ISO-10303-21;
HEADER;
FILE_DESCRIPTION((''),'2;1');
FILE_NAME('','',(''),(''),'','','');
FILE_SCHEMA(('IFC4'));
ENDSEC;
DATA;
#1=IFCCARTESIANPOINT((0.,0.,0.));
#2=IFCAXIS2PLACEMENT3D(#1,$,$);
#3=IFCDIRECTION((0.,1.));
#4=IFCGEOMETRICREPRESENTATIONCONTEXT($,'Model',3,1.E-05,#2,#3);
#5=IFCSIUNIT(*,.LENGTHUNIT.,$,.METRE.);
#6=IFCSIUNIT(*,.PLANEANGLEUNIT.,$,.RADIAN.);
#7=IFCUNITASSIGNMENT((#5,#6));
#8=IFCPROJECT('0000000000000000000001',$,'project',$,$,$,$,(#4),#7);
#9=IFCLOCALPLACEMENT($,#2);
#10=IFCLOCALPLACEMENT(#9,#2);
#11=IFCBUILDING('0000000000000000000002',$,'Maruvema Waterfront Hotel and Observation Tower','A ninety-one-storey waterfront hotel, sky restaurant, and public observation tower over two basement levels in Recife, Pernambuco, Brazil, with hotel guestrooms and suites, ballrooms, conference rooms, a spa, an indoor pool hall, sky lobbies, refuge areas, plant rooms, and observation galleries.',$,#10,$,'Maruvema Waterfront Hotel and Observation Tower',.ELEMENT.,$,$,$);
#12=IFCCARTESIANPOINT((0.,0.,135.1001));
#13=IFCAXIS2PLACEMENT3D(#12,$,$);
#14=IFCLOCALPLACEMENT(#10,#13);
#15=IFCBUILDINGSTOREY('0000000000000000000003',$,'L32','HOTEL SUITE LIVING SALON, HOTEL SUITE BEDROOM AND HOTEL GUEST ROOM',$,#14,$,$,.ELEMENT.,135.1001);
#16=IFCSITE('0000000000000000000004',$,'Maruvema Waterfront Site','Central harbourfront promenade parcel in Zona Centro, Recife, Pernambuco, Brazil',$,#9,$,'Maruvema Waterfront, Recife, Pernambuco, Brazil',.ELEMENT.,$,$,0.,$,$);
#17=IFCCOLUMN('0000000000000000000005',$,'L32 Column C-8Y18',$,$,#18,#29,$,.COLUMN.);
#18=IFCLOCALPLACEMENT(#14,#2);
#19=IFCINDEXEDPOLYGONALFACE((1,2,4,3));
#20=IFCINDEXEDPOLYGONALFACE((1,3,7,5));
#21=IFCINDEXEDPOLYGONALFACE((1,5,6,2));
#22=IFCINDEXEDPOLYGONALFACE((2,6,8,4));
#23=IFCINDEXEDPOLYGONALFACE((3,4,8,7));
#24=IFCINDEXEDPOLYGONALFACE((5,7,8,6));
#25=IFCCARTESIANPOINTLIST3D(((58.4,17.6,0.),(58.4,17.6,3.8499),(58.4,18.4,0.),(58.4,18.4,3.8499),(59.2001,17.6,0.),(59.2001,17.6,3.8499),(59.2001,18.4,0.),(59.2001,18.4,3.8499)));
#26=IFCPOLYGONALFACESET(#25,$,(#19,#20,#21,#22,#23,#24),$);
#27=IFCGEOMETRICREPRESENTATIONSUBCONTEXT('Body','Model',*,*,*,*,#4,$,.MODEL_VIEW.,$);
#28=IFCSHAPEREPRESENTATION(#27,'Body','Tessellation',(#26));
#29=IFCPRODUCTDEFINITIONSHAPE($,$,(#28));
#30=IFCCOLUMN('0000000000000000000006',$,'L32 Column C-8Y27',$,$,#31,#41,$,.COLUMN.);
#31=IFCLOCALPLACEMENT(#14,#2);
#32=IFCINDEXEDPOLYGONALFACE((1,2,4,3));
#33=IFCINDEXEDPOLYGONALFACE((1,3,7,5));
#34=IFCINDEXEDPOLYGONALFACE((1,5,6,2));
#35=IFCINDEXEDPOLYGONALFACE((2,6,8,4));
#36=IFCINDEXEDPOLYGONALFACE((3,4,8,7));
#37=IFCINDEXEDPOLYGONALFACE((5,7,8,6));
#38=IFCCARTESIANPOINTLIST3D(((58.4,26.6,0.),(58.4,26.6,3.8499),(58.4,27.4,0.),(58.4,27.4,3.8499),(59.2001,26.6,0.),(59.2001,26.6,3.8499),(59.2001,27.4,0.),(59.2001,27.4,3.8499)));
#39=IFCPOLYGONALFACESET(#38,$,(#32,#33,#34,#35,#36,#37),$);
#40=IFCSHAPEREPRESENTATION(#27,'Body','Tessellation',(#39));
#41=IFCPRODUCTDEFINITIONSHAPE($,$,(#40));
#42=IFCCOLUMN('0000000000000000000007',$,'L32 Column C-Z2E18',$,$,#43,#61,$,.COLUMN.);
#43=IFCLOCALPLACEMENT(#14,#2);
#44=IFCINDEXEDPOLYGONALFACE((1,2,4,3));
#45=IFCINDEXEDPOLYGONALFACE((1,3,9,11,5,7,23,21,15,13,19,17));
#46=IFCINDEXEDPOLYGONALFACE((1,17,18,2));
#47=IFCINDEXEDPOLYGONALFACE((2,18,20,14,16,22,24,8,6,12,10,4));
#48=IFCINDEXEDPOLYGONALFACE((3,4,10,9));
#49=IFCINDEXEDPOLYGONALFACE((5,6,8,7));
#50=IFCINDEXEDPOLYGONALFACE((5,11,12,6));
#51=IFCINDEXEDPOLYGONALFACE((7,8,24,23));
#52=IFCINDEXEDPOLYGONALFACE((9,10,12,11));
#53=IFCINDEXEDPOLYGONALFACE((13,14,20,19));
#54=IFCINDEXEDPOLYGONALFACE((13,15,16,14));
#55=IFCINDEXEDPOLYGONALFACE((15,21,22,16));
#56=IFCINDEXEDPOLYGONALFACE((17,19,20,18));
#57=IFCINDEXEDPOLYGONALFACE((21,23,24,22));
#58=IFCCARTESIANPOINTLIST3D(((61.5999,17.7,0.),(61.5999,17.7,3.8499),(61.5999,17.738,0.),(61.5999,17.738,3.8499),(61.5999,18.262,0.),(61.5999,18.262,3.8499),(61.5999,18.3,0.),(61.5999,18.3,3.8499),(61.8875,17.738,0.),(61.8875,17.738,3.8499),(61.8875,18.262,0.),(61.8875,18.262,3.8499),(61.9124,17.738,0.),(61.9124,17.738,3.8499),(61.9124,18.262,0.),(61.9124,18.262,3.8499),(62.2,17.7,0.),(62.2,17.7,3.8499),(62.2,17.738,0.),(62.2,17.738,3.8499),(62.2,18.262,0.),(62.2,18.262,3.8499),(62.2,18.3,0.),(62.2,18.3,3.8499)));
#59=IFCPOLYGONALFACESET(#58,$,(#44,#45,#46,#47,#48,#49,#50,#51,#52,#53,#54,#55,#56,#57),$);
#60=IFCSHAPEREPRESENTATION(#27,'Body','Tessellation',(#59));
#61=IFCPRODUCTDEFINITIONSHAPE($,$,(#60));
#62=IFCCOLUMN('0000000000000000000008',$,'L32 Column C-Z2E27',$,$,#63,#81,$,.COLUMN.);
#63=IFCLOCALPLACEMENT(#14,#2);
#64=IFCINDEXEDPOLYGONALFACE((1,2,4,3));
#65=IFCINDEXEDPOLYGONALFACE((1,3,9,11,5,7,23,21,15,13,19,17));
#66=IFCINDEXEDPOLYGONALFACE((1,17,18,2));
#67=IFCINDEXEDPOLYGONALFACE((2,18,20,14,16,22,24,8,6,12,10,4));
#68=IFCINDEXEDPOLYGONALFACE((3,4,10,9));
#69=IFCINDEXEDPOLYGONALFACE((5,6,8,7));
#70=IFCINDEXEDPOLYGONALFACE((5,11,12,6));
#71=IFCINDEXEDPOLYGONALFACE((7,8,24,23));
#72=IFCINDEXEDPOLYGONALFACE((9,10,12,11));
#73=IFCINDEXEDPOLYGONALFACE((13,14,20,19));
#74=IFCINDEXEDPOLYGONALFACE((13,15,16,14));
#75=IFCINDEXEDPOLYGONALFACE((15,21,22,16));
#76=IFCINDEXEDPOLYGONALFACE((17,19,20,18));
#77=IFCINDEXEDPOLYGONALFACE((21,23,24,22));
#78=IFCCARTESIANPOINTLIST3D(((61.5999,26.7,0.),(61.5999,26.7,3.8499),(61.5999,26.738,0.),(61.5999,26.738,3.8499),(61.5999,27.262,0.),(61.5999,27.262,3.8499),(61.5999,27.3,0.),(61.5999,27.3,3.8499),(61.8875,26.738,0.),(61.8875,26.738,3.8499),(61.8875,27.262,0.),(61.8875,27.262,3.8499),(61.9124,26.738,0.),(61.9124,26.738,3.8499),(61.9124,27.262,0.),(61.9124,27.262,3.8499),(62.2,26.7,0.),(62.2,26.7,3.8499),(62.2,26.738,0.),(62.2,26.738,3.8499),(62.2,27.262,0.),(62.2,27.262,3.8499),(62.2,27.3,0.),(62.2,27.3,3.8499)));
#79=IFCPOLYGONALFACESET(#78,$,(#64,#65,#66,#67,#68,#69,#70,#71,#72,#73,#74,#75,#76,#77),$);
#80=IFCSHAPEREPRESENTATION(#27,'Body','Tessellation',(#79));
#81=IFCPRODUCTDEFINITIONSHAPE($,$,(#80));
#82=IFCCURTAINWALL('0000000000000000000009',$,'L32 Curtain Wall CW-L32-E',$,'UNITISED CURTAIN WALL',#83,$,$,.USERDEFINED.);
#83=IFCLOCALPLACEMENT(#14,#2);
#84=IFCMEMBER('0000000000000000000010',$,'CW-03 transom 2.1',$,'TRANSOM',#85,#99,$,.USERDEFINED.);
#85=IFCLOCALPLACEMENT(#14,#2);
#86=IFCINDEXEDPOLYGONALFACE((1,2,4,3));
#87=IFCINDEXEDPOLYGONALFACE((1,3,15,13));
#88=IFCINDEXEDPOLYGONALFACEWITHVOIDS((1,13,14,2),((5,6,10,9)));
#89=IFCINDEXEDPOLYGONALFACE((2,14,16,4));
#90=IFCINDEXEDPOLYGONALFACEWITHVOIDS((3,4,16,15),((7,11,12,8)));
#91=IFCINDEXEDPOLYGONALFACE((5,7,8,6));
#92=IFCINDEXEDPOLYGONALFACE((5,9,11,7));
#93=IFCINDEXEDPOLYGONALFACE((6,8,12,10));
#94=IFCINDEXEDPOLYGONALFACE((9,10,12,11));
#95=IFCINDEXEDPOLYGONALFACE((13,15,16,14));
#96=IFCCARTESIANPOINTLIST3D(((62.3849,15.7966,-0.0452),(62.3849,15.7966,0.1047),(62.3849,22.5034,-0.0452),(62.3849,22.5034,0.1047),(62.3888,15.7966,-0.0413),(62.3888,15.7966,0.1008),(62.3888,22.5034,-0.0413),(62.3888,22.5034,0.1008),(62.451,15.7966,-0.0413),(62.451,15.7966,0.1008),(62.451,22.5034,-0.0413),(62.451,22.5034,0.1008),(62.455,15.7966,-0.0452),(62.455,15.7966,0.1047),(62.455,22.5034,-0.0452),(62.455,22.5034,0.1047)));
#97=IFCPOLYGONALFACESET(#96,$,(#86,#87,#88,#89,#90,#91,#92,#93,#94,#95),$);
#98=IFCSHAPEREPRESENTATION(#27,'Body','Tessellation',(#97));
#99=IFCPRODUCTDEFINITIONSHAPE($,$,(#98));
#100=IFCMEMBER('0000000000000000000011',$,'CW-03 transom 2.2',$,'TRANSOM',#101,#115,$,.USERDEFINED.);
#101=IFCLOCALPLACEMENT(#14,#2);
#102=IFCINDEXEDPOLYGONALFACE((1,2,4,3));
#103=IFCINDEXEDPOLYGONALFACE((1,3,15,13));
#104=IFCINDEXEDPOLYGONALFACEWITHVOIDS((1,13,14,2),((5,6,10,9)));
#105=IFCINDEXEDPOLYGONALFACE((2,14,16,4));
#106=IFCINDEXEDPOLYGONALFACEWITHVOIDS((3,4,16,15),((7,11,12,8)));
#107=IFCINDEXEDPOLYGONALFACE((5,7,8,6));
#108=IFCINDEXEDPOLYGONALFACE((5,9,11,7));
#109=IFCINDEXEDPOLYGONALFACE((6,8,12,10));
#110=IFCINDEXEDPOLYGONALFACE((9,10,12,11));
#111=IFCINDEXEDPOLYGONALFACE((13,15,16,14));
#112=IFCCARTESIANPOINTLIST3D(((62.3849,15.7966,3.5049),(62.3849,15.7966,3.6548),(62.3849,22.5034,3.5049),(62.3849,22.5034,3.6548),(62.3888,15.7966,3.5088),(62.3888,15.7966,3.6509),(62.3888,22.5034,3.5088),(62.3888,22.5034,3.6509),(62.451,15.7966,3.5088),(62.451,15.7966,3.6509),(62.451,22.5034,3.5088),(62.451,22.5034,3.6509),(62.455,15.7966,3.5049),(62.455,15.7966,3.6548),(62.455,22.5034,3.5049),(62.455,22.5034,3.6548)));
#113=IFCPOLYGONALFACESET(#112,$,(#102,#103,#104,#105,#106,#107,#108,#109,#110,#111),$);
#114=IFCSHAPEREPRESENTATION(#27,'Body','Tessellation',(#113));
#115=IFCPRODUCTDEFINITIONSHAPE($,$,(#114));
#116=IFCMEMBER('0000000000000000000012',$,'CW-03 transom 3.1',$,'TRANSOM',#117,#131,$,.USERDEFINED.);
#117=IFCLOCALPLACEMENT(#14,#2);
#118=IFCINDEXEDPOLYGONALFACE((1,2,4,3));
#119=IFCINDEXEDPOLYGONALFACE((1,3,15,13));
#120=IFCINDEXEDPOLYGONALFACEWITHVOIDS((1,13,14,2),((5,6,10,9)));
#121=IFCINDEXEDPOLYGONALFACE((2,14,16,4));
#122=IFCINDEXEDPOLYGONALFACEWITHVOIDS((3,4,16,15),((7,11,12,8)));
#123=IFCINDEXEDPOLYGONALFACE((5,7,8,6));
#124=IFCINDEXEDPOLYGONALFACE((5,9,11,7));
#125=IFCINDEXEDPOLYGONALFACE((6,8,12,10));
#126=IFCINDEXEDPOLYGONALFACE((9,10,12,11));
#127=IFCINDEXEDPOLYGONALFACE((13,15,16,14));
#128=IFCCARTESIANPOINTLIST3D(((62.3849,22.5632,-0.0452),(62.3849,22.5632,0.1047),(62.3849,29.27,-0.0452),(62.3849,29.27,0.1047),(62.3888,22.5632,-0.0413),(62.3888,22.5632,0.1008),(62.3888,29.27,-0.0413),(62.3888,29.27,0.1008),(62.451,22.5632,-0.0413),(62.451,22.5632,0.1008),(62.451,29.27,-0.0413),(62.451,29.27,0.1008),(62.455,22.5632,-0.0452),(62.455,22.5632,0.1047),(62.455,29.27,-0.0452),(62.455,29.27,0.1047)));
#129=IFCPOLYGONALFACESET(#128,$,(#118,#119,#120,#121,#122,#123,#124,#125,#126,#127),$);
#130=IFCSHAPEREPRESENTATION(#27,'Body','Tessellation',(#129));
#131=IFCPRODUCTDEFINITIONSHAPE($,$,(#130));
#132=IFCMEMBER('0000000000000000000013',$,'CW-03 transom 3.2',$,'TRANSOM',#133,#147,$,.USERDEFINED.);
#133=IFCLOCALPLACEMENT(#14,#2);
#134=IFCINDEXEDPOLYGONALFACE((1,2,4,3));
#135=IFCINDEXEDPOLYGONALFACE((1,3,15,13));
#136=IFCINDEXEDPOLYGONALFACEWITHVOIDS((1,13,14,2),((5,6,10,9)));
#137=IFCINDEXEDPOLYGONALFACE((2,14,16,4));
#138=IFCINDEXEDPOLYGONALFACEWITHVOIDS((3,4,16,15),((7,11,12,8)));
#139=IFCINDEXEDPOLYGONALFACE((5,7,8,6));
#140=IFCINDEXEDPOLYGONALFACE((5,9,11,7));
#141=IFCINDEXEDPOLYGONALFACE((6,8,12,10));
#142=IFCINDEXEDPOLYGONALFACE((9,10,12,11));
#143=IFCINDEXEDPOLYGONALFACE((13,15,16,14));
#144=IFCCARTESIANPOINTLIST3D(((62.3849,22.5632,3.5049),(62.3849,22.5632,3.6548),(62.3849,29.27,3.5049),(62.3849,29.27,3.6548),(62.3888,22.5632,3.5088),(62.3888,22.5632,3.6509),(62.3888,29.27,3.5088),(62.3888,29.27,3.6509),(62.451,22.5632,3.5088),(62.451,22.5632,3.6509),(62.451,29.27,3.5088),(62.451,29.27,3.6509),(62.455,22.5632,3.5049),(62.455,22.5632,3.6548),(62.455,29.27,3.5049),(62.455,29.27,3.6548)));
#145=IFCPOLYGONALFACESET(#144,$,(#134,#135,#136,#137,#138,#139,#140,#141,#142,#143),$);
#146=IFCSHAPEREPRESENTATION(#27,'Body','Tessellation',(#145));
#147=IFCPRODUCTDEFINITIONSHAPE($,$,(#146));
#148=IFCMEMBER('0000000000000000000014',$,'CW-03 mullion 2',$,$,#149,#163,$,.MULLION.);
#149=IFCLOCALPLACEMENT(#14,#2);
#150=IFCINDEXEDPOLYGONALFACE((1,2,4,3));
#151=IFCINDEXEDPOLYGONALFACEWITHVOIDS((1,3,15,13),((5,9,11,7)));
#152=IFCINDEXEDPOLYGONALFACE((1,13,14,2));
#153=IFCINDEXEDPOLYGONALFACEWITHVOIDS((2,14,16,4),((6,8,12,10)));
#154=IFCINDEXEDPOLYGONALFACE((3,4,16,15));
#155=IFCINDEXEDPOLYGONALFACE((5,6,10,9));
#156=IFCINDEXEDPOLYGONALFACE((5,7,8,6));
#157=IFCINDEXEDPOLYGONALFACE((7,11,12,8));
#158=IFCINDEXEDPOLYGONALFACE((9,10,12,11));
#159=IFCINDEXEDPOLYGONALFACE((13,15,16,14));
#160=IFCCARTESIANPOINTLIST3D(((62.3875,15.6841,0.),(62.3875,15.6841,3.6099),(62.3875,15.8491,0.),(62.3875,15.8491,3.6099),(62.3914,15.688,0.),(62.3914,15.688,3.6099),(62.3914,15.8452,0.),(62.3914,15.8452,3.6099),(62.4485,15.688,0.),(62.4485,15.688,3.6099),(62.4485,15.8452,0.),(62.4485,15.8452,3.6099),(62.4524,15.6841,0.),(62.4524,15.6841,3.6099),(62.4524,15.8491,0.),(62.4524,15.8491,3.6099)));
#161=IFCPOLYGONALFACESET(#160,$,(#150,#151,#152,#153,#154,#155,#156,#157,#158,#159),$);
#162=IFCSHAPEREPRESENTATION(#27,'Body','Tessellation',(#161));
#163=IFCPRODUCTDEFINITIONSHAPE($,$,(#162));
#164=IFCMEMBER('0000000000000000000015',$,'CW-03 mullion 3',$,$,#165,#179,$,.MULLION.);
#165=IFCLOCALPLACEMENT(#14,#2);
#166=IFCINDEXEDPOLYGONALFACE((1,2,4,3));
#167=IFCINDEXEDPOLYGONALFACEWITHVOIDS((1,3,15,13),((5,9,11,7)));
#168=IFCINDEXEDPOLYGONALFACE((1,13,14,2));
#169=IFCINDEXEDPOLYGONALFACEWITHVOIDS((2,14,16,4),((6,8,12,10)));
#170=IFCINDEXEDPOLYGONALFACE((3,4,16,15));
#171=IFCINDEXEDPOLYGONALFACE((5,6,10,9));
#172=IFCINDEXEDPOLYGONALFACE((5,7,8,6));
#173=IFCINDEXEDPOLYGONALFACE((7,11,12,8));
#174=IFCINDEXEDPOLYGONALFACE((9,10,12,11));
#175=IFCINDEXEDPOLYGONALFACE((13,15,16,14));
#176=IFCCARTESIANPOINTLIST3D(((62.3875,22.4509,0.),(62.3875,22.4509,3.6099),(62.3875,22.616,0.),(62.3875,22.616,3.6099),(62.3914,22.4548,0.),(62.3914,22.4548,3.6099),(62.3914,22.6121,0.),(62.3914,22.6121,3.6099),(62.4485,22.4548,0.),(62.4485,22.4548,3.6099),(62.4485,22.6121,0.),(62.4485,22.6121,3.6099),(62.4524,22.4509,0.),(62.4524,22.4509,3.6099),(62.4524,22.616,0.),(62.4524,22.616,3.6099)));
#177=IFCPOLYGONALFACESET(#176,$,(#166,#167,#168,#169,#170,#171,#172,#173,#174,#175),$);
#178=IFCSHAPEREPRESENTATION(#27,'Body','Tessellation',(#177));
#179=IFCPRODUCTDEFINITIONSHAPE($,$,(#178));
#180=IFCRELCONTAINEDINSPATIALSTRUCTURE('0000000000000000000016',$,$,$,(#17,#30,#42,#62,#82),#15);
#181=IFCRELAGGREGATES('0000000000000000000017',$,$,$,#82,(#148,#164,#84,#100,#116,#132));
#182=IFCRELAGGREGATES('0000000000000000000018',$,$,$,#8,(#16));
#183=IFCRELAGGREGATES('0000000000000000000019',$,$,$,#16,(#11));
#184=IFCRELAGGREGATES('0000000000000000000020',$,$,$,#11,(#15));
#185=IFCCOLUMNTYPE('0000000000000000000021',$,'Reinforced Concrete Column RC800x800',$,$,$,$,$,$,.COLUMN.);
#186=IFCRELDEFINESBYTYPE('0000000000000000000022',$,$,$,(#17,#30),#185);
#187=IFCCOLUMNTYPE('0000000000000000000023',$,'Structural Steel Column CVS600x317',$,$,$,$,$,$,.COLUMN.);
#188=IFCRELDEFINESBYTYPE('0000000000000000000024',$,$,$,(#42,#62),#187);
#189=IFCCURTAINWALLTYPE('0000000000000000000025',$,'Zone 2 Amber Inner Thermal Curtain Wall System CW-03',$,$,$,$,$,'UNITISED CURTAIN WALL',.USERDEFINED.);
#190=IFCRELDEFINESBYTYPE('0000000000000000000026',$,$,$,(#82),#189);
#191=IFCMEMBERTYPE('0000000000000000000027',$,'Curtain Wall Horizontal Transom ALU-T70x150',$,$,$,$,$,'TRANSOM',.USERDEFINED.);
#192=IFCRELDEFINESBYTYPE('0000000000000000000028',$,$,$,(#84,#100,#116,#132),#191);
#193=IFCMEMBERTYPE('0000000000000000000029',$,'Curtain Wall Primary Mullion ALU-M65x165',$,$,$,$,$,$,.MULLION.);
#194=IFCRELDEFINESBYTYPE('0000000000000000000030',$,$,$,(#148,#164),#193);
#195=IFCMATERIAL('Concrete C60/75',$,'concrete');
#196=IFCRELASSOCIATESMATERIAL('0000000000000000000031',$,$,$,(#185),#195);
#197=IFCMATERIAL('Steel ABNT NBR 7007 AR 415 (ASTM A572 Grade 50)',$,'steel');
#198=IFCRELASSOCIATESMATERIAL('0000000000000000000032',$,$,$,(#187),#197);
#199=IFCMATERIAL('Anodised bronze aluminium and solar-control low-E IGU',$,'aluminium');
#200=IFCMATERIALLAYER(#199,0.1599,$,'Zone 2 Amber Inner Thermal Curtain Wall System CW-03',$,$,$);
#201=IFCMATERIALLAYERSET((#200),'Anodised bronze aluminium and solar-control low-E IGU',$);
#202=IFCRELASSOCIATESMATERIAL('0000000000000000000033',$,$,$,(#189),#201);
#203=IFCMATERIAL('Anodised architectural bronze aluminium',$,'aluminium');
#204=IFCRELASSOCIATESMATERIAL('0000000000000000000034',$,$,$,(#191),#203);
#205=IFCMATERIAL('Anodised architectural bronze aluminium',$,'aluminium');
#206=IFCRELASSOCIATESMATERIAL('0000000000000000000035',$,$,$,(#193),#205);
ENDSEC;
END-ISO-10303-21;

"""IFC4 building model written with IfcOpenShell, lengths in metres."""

from ifc_helpers import new_model, si_unit, direction, frame, origin, origin_2d, place, context, subcontext, project, spatial, rectangle, hollow_rectangle, i_section, extrude, material, layer, layer_set, material_profile, profile_set, type_object, element, aggregate, save


model = new_model("IFC4")

# Units and contexts
model_context = context("Model", 3, precision=1e-05, world=origin(), true_north=direction((0.0, 1.0)))
body_context = subcontext(model_context, "Body", "Model", "MODEL_VIEW")
ifc_project = project(units=[si_unit("LENGTHUNIT", "METRE"), si_unit("PLANEANGLEUNIT", "RADIAN")], contexts=[model_context])

# Site, building, storey
site_placement = place(None, origin())
site = spatial("IfcSite", under=ifc_project, at=site_placement, Name="Maruvema Waterfront Site", Description="Central harbourfront promenade parcel in Zona Centro, Recife, Pernambuco, Brazil", LongName="Maruvema Waterfront, Recife, Pernambuco, Brazil", CompositionType="ELEMENT", RefElevation=0.0)
building_placement = place(site_placement, origin())
building = spatial("IfcBuilding", under=site, at=building_placement, Name="Maruvema Waterfront Hotel and Observation Tower", Description="A ninety-one-storey waterfront hotel, sky restaurant, and public observation tower over two basement levels in Recife, Pernambuco, Brazil, with hotel guestrooms and suites, ballrooms, conference rooms, a spa, an indoor pool hall, sky lobbies, refuge areas, plant rooms, and observation galleries.", LongName="Maruvema Waterfront Hotel and Observation Tower", CompositionType="ELEMENT")
storey_placement = place(building_placement, frame((0.0, 0.0, 135.1001)))
storey = spatial("IfcBuildingStorey", under=building, at=storey_placement, Name="L32", Description="HOTEL SUITE LIVING SALON, HOTEL SUITE BEDROOM AND HOTEL GUEST ROOM", CompositionType="ELEMENT", Elevation=135.1001)

# Columns
ifc_material_1 = material(Name="Concrete C60/75", Category="concrete")
ifc_material_profile_1 = material_profile(ifc_material_1, rectangle(XDim=0.8, YDim=0.8, at=origin_2d()), Name="RC800x800")
ifc_profile_set_1 = profile_set([ifc_material_profile_1], Name="Concrete C60/75")
column_type_1 = type_object("IfcColumnType", Name="Reinforced Concrete Column RC800x800", PredefinedType="COLUMN", material=ifc_profile_set_1)
for number, where, z_axis, x_axis, name in (
    (1, (58.8, 18.0, 0.0), (0.0, 0.0, 1.0), (1.0, 0.0, 0.0), "L32 Column C-8Y18"),
    (2, (58.8, 27.0, 0.0), (0.0, 0.0, 1.0), (1.0, 0.0, 0.0), "L32 Column C-8Y27"),
):
    element("IfcColumn", number, at=place(storey_placement, frame(where, z_axis=z_axis, x_axis=x_axis)), inside=storey, type_object=column_type_1, Name=name, PredefinedType="COLUMN", context=body_context, shape_type="SweptSolid", body=[
        extrude(rectangle(XDim=0.8, YDim=0.8, at=origin_2d()), origin(), (0.0, 0.0, 1.0), 3.8499),
    ])
ifc_material_2 = material(Name="Steel ABNT NBR 7007 AR 415 (ASTM A572 Grade 50)", Category="steel")
ifc_material_profile_2 = material_profile(ifc_material_2, i_section(OverallWidth=0.6001, OverallDepth=0.6001, WebThickness=0.0249, FlangeThickness=0.0381, at=origin_2d()), Name="CVS600x317")
ifc_profile_set_2 = profile_set([ifc_material_profile_2], Name="Steel ABNT NBR 7007 AR 415 (ASTM A572 Grade 50)")
column_type_2 = type_object("IfcColumnType", Name="Structural Steel Column CVS600x317", PredefinedType="COLUMN", material=ifc_profile_set_2)
for number, where, z_axis, x_axis, name in (
    (3, (61.8999, 18.0, 0.0), (0.0, 0.0, 1.0), (1.0, 0.0, 0.0), "L32 Column C-Z2E18"),
    (4, (61.8999, 27.0, 0.0), (0.0, 0.0, 1.0), (1.0, 0.0, 0.0), "L32 Column C-Z2E27"),
):
    element("IfcColumn", number, at=place(storey_placement, frame(where, z_axis=z_axis, x_axis=x_axis)), inside=storey, type_object=column_type_2, Name=name, PredefinedType="COLUMN", context=body_context, shape_type="SweptSolid", body=[
        extrude(i_section(OverallWidth=0.6001, OverallDepth=0.6001, WebThickness=0.0249, FlangeThickness=0.0381, at=origin_2d()), origin(), (0.0, 0.0, 1.0), 3.8499),
    ])

# Curtain wall, members
ifc_material_3 = material(Name="Anodised bronze aluminium and solar-control low-E IGU", Category="aluminium")
ifc_layer_1 = layer(ifc_material_3, 0.1599, Name="Zone 2 Amber Inner Thermal Curtain Wall System CW-03")
ifc_layer_set_1 = layer_set([ifc_layer_1], Name="Anodised bronze aluminium and solar-control low-E IGU")
curtain_wall_type = type_object("IfcCurtainWallType", Name="Zone 2 Amber Inner Thermal Curtain Wall System CW-03", ElementType="UNITISED CURTAIN WALL", PredefinedType="USERDEFINED", material=ifc_layer_set_1)
curtain_wall_placement = place(storey_placement, origin())
curtain_wall = element("IfcCurtainWall", 5, at=curtain_wall_placement, inside=storey, type_object=curtain_wall_type, Name="L32 Curtain Wall CW-L32-E", ObjectType="UNITISED CURTAIN WALL", PredefinedType="USERDEFINED")
ifc_material_4 = material(Name="Anodised architectural bronze aluminium", Category="aluminium")
ifc_material_profile_3 = material_profile(ifc_material_4, hollow_rectangle(XDim=0.0701, YDim=0.1499, WallThickness=0.0039, at=origin_2d()), Name="ALU-T70x150")
ifc_profile_set_3 = profile_set([ifc_material_profile_3], Name="Anodised architectural bronze aluminium")
member_type_1 = type_object("IfcMemberType", Name="Curtain Wall Horizontal Transom ALU-T70x150", ElementType="TRANSOM", PredefinedType="USERDEFINED", material=ifc_profile_set_3)
member_1_placement = place(storey_placement, frame((62.4199, 15.7966, 0.0298), z_axis=(0.0, 1.0, 0.0), x_axis=(-1.0, 0.0, 0.0)))
member_1 = element("IfcMember", 6, at=member_1_placement, type_object=member_type_1, Name="CW-03 transom 2.1", ObjectType="TRANSOM", PredefinedType="USERDEFINED", context=body_context, shape_type="SweptSolid", body=[
    extrude(hollow_rectangle(XDim=0.0701, YDim=0.1499, WallThickness=0.0039, at=origin_2d()), origin(), (0.0, 0.0, 1.0), 6.7068),
])
member_2_placement = place(storey_placement, frame((62.4199, 15.7966, 3.5798), z_axis=(0.0, 1.0, 0.0), x_axis=(-1.0, 0.0, 0.0)))
member_2 = element("IfcMember", 7, at=member_2_placement, type_object=member_type_1, Name="CW-03 transom 2.2", ObjectType="TRANSOM", PredefinedType="USERDEFINED", context=body_context, shape_type="SweptSolid", body=[
    extrude(hollow_rectangle(XDim=0.0701, YDim=0.1499, WallThickness=0.0039, at=origin_2d()), origin(), (0.0, 0.0, 1.0), 6.7068),
])
member_3_placement = place(storey_placement, frame((62.4199, 22.5632, 0.0298), z_axis=(0.0, 1.0, 0.0), x_axis=(-1.0, 0.0, 0.0)))
member_3 = element("IfcMember", 8, at=member_3_placement, type_object=member_type_1, Name="CW-03 transom 3.1", ObjectType="TRANSOM", PredefinedType="USERDEFINED", context=body_context, shape_type="SweptSolid", body=[
    extrude(hollow_rectangle(XDim=0.0701, YDim=0.1499, WallThickness=0.0039, at=origin_2d()), origin(), (0.0, 0.0, 1.0), 6.7068),
])
member_4_placement = place(storey_placement, frame((62.4199, 22.5632, 3.5798), z_axis=(0.0, 1.0, 0.0), x_axis=(-1.0, 0.0, 0.0)))
member_4 = element("IfcMember", 9, at=member_4_placement, type_object=member_type_1, Name="CW-03 transom 3.2", ObjectType="TRANSOM", PredefinedType="USERDEFINED", context=body_context, shape_type="SweptSolid", body=[
    extrude(hollow_rectangle(XDim=0.0701, YDim=0.1499, WallThickness=0.0039, at=origin_2d()), origin(), (0.0, 0.0, 1.0), 6.7068),
])
ifc_material_5 = material(Name="Anodised architectural bronze aluminium", Category="aluminium")
ifc_material_profile_4 = material_profile(ifc_material_5, hollow_rectangle(XDim=0.0649, YDim=0.165, WallThickness=0.0039, at=origin_2d()), Name="ALU-M65x165")
ifc_profile_set_4 = profile_set([ifc_material_profile_4], Name="Anodised architectural bronze aluminium")
member_type_2 = type_object("IfcMemberType", Name="Curtain Wall Primary Mullion ALU-M65x165", PredefinedType="MULLION", material=ifc_profile_set_4)
member_5_placement = place(storey_placement, frame((62.4199, 15.7666, 0.0), z_axis=(0.0, 0.0, 1.0), x_axis=(-1.0, 0.0, 0.0)))
member_5 = element("IfcMember", 10, at=member_5_placement, type_object=member_type_2, Name="CW-03 mullion 2", PredefinedType="MULLION", context=body_context, shape_type="SweptSolid", body=[
    extrude(hollow_rectangle(XDim=0.0649, YDim=0.165, WallThickness=0.0039, at=origin_2d()), origin(), (0.0, 0.0, 1.0), 3.6099),
])
member_6_placement = place(storey_placement, frame((62.4199, 22.5334, 0.0), z_axis=(0.0, 0.0, 1.0), x_axis=(-1.0, 0.0, 0.0)))
member_6 = element("IfcMember", 11, at=member_6_placement, type_object=member_type_2, Name="CW-03 mullion 3", PredefinedType="MULLION", context=body_context, shape_type="SweptSolid", body=[
    extrude(hollow_rectangle(XDim=0.0649, YDim=0.165, WallThickness=0.0039, at=origin_2d()), origin(), (0.0, 0.0, 1.0), 3.6099),
])

aggregate(curtain_wall, [member_5, member_6, member_1, member_2, member_3, member_4])

save(model, "model.ifc")
